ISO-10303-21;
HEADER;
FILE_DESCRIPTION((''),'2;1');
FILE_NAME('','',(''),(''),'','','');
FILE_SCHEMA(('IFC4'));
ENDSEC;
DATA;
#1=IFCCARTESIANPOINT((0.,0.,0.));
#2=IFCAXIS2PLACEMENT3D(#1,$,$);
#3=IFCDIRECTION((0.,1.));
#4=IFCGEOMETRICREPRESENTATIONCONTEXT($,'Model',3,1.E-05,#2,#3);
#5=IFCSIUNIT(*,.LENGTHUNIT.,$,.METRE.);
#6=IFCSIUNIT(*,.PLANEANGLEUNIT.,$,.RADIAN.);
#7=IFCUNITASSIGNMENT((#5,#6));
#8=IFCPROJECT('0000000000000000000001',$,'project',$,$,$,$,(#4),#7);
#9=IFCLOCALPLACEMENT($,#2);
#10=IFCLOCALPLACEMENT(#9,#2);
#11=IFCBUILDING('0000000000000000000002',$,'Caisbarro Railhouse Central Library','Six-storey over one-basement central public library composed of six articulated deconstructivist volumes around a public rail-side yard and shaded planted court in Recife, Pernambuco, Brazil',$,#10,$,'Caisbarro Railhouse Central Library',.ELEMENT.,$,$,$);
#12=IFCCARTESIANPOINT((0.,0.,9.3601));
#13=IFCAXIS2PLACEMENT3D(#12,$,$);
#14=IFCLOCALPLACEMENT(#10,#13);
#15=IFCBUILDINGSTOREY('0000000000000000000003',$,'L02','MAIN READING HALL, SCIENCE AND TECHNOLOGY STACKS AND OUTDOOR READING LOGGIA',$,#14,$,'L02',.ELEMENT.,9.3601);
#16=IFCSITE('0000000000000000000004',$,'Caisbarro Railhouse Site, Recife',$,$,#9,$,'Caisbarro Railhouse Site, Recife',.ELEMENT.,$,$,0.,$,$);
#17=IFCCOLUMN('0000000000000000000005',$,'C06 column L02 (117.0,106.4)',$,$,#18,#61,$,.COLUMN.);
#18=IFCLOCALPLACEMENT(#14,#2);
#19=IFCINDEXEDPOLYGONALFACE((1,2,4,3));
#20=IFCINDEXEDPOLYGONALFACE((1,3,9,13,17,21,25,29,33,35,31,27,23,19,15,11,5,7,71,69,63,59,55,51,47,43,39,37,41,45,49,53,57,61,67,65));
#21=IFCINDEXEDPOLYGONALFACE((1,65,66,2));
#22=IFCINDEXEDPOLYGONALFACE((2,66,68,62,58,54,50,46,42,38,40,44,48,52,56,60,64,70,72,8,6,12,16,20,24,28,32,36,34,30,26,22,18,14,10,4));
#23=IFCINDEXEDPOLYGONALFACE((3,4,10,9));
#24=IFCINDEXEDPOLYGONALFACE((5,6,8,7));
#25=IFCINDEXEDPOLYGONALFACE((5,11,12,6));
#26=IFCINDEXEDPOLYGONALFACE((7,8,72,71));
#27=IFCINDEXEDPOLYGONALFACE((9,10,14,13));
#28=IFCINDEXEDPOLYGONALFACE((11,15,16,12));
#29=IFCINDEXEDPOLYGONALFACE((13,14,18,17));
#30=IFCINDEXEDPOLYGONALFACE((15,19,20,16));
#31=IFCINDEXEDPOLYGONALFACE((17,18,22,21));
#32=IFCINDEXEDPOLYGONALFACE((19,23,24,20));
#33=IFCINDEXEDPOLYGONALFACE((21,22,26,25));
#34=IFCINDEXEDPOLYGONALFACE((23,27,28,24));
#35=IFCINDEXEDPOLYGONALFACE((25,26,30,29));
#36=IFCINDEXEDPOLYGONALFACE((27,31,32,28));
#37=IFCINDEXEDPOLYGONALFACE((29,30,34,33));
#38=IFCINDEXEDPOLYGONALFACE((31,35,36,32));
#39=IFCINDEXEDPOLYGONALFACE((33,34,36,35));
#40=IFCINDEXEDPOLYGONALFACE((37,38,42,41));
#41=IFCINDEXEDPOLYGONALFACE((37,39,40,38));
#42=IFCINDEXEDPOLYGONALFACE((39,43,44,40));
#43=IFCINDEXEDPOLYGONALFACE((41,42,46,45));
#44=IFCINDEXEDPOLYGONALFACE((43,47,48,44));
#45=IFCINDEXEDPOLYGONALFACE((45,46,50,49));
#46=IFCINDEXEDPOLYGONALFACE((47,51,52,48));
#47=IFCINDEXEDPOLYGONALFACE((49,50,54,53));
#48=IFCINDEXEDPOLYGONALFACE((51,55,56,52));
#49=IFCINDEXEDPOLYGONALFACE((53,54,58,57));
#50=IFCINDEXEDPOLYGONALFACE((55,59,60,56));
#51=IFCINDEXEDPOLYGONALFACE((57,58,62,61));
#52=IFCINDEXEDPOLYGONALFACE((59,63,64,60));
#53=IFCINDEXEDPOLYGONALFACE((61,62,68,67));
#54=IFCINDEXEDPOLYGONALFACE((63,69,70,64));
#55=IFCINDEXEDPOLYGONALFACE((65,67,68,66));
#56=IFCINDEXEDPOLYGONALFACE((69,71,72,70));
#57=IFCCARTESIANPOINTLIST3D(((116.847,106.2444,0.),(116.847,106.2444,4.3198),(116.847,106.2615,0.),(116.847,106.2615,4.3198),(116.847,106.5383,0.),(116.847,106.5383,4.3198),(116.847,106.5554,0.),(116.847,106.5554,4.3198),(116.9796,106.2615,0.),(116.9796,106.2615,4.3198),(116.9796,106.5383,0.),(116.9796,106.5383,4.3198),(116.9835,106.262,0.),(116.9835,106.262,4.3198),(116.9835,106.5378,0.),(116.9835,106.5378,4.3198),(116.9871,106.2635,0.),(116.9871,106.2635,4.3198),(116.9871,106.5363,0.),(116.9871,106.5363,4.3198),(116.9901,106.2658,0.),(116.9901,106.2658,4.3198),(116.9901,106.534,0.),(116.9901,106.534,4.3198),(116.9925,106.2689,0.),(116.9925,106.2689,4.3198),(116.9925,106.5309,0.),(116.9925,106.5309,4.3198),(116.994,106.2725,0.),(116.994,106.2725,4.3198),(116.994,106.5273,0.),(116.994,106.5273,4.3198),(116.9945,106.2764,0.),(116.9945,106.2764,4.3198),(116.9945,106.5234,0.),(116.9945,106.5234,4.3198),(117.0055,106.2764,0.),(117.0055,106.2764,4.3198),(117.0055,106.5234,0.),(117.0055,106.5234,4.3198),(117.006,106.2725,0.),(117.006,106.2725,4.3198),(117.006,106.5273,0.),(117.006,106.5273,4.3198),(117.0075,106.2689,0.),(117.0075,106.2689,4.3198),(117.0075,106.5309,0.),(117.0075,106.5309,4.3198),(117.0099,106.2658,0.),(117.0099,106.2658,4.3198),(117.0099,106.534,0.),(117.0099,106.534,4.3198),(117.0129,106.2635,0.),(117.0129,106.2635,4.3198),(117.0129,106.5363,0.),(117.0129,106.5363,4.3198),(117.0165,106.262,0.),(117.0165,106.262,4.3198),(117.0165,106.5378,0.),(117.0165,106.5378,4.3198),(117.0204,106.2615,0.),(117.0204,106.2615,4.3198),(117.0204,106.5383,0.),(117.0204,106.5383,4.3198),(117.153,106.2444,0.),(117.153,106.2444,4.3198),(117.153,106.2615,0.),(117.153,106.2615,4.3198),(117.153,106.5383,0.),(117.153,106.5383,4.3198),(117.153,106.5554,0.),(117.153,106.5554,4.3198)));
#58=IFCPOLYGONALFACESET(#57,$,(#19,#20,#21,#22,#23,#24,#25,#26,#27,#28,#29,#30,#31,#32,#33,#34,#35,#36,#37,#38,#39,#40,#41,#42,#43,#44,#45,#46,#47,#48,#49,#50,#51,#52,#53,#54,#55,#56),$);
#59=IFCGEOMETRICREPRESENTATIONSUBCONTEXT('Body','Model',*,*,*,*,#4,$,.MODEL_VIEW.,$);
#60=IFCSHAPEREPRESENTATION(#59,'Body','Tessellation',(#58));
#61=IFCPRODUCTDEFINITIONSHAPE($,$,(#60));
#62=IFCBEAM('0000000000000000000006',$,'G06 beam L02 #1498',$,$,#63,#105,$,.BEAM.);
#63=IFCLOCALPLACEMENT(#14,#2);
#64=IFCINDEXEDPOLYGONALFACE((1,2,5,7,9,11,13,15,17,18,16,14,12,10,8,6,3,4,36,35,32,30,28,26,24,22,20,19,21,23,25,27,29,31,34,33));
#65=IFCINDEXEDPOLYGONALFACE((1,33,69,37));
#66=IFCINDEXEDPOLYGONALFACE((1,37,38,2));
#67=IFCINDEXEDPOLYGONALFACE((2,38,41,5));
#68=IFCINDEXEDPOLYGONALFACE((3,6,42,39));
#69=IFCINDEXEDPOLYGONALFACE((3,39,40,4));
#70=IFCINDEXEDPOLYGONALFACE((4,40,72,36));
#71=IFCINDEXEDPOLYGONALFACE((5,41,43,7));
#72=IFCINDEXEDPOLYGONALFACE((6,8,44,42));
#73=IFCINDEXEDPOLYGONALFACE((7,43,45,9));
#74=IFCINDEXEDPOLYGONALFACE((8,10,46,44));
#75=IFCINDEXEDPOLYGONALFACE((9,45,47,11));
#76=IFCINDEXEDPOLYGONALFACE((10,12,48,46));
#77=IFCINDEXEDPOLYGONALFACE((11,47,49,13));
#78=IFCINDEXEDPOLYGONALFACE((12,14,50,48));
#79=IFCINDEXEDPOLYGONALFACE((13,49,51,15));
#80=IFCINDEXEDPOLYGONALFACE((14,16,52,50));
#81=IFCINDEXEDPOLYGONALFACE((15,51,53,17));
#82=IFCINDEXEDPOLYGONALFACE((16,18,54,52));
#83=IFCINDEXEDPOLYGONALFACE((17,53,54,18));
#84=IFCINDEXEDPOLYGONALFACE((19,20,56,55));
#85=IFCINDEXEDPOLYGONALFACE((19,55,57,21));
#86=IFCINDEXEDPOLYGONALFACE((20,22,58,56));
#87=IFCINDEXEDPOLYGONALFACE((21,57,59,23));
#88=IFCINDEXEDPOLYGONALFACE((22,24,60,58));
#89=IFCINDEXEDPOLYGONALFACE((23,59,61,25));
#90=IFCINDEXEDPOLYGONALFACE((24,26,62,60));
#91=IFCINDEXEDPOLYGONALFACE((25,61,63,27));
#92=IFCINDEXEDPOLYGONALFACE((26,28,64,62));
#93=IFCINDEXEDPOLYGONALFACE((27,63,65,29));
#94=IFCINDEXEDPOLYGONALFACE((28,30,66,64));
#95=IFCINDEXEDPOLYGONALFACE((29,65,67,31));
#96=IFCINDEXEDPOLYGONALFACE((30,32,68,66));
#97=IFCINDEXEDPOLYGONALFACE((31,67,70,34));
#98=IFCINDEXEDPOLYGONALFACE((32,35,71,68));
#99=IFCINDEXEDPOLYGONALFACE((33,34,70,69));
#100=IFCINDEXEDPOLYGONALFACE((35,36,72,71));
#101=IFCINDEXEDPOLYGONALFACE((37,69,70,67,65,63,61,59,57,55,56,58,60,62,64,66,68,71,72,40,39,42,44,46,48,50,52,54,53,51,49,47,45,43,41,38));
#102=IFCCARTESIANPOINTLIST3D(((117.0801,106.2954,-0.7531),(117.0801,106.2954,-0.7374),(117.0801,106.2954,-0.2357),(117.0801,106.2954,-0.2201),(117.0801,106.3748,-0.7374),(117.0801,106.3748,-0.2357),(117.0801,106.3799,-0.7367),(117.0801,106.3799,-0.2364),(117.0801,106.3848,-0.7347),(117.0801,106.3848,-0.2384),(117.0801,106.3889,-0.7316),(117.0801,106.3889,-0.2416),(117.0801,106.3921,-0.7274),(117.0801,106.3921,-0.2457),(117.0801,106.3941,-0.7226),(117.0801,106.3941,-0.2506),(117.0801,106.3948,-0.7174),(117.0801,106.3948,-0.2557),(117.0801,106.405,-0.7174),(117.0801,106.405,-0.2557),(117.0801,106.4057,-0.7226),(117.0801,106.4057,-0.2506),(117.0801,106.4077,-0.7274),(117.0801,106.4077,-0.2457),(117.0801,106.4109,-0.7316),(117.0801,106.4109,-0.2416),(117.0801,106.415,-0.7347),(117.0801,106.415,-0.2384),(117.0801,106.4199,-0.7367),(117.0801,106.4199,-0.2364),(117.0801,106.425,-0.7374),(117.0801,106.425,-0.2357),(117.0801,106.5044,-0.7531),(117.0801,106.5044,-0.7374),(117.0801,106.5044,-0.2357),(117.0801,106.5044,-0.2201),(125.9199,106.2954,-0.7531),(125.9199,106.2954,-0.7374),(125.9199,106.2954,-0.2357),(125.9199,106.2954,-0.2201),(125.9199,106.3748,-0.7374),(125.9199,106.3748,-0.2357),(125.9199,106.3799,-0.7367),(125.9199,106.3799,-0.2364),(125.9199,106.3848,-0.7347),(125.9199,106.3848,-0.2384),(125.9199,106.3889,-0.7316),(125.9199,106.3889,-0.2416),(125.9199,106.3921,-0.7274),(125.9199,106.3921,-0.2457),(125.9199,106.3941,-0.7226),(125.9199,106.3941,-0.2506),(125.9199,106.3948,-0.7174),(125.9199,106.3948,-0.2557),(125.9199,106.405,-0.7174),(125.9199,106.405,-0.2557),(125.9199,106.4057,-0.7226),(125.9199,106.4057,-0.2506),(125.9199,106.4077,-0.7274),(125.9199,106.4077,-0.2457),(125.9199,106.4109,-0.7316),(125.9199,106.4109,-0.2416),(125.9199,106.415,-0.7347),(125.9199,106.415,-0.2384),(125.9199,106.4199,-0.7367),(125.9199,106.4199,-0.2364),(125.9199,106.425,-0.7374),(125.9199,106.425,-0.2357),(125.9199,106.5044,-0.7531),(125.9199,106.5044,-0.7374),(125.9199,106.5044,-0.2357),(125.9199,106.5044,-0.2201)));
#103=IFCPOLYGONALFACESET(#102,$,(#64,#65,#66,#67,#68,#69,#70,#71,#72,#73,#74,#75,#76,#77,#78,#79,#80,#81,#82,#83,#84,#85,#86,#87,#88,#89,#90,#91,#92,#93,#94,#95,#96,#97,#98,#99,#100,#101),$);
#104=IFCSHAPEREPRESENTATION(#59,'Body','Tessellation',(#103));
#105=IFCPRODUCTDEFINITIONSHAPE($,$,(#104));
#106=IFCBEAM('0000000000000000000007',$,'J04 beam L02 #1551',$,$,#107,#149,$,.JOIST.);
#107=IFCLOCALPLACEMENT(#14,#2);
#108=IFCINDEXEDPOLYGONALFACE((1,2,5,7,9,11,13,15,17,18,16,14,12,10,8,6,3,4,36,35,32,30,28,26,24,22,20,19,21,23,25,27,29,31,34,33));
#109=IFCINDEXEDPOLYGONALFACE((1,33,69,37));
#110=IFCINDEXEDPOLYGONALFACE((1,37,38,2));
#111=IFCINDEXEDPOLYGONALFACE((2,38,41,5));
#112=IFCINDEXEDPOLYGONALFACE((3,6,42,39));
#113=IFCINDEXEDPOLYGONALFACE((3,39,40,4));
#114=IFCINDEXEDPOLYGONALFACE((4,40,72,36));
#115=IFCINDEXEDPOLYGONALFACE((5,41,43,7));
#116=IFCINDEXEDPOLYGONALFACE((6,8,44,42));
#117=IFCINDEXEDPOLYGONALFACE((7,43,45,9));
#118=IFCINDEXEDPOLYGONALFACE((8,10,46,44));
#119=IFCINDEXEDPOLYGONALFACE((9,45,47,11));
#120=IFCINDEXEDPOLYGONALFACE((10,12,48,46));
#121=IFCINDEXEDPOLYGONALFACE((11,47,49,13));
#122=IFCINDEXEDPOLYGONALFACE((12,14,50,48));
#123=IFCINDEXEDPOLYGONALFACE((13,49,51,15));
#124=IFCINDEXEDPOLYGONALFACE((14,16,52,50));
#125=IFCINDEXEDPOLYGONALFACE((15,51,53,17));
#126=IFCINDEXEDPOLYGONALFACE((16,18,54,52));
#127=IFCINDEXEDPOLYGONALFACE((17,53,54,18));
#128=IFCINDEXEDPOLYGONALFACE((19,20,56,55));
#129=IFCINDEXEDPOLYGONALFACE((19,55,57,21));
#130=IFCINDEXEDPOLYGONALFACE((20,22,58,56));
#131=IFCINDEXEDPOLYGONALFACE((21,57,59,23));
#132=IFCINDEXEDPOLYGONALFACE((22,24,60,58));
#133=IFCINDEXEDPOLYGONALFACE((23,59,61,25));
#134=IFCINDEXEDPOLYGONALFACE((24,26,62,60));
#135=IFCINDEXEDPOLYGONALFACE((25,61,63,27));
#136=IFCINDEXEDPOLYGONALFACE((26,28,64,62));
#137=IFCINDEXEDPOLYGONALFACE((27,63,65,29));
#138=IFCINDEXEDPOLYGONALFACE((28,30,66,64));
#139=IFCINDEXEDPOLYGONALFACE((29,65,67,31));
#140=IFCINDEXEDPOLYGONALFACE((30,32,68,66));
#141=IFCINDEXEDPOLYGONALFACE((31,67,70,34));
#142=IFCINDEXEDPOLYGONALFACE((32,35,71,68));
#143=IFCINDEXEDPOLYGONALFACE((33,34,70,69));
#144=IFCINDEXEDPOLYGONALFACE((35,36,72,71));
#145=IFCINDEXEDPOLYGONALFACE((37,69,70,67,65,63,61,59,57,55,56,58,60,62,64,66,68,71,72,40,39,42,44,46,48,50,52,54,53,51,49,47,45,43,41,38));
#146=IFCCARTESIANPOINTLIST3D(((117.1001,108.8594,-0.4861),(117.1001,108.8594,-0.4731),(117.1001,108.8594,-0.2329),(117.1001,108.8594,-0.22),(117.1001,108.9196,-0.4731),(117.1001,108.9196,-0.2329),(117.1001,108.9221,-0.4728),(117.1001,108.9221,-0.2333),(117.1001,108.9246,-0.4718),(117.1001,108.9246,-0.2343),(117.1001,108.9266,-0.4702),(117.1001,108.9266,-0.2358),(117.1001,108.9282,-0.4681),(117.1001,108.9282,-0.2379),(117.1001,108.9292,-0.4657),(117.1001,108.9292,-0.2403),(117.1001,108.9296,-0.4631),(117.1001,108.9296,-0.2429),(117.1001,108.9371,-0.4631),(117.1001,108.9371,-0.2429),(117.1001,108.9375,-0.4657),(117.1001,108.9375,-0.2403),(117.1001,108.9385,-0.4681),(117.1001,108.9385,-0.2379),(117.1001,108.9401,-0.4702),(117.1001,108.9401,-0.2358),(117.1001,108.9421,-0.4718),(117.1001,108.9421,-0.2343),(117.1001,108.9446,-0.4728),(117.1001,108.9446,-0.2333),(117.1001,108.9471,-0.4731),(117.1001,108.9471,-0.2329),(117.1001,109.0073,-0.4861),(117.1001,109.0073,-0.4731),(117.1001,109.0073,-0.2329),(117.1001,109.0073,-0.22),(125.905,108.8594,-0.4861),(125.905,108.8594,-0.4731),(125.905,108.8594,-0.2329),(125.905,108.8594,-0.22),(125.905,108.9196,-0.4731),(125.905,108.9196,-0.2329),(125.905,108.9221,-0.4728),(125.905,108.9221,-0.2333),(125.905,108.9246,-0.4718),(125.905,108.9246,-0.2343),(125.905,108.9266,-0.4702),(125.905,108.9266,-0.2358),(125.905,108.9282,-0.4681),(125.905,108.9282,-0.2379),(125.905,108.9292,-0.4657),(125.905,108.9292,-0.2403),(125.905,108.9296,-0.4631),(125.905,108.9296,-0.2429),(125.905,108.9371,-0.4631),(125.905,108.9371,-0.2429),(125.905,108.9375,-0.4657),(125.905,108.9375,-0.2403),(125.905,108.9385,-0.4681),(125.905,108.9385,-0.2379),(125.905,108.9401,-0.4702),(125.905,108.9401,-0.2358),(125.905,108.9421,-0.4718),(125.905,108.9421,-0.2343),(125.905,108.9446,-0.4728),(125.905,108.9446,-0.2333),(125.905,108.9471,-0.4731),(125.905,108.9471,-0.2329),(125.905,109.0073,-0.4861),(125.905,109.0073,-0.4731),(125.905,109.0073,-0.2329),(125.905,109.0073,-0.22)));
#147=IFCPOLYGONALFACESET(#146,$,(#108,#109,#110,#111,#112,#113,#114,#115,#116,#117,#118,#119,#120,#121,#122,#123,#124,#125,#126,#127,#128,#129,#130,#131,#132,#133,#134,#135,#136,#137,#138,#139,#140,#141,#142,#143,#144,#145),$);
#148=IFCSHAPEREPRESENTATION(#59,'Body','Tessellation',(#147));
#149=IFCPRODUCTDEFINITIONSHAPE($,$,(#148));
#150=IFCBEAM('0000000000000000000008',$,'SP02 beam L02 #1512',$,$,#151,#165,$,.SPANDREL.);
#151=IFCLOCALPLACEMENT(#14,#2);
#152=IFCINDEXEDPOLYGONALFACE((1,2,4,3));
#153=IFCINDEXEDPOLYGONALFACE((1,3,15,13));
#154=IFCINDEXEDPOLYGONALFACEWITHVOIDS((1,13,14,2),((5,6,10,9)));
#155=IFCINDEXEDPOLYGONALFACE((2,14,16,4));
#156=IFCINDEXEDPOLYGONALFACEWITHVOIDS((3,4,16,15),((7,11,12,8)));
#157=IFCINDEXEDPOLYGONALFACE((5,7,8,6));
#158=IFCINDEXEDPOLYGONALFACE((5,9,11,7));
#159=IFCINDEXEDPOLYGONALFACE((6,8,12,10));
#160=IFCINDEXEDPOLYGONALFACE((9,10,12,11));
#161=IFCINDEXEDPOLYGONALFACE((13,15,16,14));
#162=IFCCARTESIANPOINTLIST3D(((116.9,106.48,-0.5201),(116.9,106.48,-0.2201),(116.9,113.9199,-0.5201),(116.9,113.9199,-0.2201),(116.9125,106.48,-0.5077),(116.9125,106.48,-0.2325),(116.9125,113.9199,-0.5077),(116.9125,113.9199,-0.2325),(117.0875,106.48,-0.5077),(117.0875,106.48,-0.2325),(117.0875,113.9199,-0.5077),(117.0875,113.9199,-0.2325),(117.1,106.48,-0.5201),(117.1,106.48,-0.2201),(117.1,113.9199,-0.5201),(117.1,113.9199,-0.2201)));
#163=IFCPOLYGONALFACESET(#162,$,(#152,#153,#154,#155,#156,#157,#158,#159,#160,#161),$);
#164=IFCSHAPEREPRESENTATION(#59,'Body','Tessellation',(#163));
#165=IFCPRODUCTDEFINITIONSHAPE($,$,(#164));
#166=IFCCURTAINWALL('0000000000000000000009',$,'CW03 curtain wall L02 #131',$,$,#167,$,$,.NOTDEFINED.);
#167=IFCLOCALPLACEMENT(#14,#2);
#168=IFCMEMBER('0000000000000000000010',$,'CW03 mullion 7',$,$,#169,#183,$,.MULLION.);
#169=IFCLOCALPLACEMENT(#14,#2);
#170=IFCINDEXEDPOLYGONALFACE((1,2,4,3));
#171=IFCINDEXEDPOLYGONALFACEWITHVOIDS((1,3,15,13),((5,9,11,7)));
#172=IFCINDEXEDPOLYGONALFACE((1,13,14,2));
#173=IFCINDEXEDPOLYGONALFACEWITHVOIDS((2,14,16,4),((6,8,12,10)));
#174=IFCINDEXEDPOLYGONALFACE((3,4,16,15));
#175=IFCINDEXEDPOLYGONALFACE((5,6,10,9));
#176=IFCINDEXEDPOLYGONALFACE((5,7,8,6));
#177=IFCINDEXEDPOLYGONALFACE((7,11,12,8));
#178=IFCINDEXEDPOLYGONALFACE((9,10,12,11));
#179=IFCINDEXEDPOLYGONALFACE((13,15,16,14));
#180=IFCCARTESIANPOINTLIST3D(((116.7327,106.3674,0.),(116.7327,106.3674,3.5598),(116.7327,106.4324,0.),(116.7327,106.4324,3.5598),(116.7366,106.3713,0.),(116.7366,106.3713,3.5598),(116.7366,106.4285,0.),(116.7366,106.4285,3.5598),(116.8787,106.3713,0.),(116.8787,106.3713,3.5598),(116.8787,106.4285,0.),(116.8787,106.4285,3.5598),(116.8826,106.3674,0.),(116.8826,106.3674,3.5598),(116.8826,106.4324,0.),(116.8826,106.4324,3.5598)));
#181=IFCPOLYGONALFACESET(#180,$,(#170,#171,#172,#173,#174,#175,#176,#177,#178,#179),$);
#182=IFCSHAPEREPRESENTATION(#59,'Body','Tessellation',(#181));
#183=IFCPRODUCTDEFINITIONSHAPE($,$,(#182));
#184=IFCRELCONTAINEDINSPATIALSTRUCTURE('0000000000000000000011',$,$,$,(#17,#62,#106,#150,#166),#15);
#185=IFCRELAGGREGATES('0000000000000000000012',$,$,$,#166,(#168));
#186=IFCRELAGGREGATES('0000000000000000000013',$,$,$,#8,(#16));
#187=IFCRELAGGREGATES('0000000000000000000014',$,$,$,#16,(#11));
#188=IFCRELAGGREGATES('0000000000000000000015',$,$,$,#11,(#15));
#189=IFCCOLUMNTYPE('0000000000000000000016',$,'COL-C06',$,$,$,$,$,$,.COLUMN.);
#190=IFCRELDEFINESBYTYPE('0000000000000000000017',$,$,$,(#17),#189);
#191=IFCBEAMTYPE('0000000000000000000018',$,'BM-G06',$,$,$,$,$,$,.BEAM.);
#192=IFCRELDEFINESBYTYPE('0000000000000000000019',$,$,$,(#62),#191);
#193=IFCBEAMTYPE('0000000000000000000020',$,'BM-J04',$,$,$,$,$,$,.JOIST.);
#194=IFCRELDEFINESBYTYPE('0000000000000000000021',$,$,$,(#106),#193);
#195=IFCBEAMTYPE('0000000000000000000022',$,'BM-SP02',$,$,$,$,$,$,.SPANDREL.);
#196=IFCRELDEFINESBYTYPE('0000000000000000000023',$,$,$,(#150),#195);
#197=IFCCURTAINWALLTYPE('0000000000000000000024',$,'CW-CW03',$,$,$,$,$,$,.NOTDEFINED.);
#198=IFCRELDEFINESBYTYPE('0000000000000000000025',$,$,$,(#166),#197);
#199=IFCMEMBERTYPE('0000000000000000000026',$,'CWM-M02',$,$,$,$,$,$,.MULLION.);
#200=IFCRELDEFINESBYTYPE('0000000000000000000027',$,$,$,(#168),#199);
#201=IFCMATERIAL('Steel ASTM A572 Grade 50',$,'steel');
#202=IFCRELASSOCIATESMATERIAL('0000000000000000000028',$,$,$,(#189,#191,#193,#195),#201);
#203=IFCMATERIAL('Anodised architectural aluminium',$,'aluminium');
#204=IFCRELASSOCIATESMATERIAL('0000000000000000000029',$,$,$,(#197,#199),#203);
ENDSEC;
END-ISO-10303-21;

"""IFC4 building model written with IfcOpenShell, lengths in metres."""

from ifc_helpers import new_model, si_unit, direction, frame, origin, origin_2d, place, context, subcontext, project, spatial, hollow_rectangle, i_section, extrude, material, material_profile, profile_set, type_object, element, aggregate, save


model = new_model("IFC4")

# Units and contexts
model_context = context("Model", 3, precision=1e-05, world=origin(), true_north=direction((0.0, 1.0)))
body_context = subcontext(model_context, "Body", "Model", "MODEL_VIEW")
ifc_project = project(units=[si_unit("LENGTHUNIT", "METRE"), si_unit("PLANEANGLEUNIT", "RADIAN")], contexts=[model_context])

# Site, building, storey
site_placement = place(None, origin())
site = spatial("IfcSite", under=ifc_project, at=site_placement, Name="Caisbarro Railhouse Site, Recife", LongName="Caisbarro Railhouse Site, Recife", CompositionType="ELEMENT", RefElevation=0.0)
building_placement = place(site_placement, origin())
building = spatial("IfcBuilding", under=site, at=building_placement, Name="Caisbarro Railhouse Central Library", Description="Six-storey over one-basement central public library composed of six articulated deconstructivist volumes around a public rail-side yard and shaded planted court in Recife, Pernambuco, Brazil", LongName="Caisbarro Railhouse Central Library", CompositionType="ELEMENT")
storey_placement = place(building_placement, frame((0.0, 0.0, 9.3601)))
storey = spatial("IfcBuildingStorey", under=building, at=storey_placement, Name="L02", Description="MAIN READING HALL, SCIENCE AND TECHNOLOGY STACKS AND OUTDOOR READING LOGGIA", LongName="L02", CompositionType="ELEMENT", Elevation=9.3601)

# Column
ifc_material_1 = material(Name="Steel ASTM A572 Grade 50", Category="steel")
ifc_material_profile_1 = material_profile(ifc_material_1, i_section(OverallWidth=0.3059, OverallDepth=0.311, WebThickness=0.011, FlangeThickness=0.0171, FilletRadius=0.0149, at=origin_2d()), Name="W310X107.0")
ifc_profile_set_1 = profile_set([ifc_material_profile_1], Name="Steel ASTM A572 Grade 50")
column_type = type_object("IfcColumnType", Name="COL-C06", PredefinedType="COLUMN", material=ifc_profile_set_1)
column_placement = place(storey_placement, frame((117.0, 106.3999, 0.0), z_axis=(0.0, 0.0, 1.0), x_axis=(1.0, 0.0, 0.0)))
element("IfcColumn", 1, at=column_placement, inside=storey, type_object=column_type, Name="C06 column L02 (117.0,106.4)", PredefinedType="COLUMN", context=body_context, shape_type="SweptSolid", body=[
    extrude(i_section(OverallWidth=0.3059, OverallDepth=0.311, WebThickness=0.011, FlangeThickness=0.0171, FilletRadius=0.0149, at=origin_2d()), origin(), (0.0, 0.0, 1.0), 4.3198),
])

# Beams
ifc_material_profile_2 = material_profile(ifc_material_1, i_section(OverallWidth=0.209, OverallDepth=0.533, WebThickness=0.0103, FlangeThickness=0.0156, FilletRadius=0.02, at=origin_2d()), Name="W530X92.0")
ifc_profile_set_2 = profile_set([ifc_material_profile_2], Name="Steel ASTM A572 Grade 50")
beam_type_1 = type_object("IfcBeamType", Name="BM-G06", PredefinedType="BEAM", material=ifc_profile_set_2)
beam_1_placement = place(storey_placement, frame((117.0801, 106.3999, -0.4866), z_axis=(1.0, 0.0, 0.0), x_axis=(0.0, 1.0, 0.0)))
element("IfcBeam", 2, at=beam_1_placement, inside=storey, type_object=beam_type_1, Name="G06 beam L02 #1498", PredefinedType="BEAM", context=body_context, shape_type="SweptSolid", body=[
    extrude(i_section(OverallWidth=0.209, OverallDepth=0.533, WebThickness=0.0103, FlangeThickness=0.0156, FilletRadius=0.02, at=origin_2d()), origin(), (0.0, 0.0, 1.0), 8.8398),
])
ifc_material_profile_3 = material_profile(ifc_material_1, i_section(OverallWidth=0.1479, OverallDepth=0.2661, WebThickness=0.0076, FlangeThickness=0.0129, FilletRadius=0.01, at=origin_2d()), Name="W250X44.8")
ifc_profile_set_3 = profile_set([ifc_material_profile_3], Name="Steel ASTM A572 Grade 50")
beam_type_2 = type_object("IfcBeamType", Name="BM-J04", PredefinedType="JOIST", material=ifc_profile_set_3)
beam_2_placement = place(storey_placement, frame((117.1001, 108.9333, -0.353), z_axis=(1.0, 0.0, 0.0), x_axis=(0.0, 1.0, 0.0)))
element("IfcBeam", 3, at=beam_2_placement, inside=storey, type_object=beam_type_2, Name="J04 beam L02 #1551", PredefinedType="JOIST", context=body_context, shape_type="SweptSolid", body=[
    extrude(i_section(OverallWidth=0.1479, OverallDepth=0.2661, WebThickness=0.0076, FlangeThickness=0.0129, FilletRadius=0.01, at=origin_2d()), origin(), (0.0, 0.0, 1.0), 8.8049),
])
ifc_material_profile_4 = material_profile(ifc_material_1, hollow_rectangle(XDim=0.2, YDim=0.3, WallThickness=0.0125, at=origin_2d()), Name="HSS300X200X12.5")
ifc_profile_set_4 = profile_set([ifc_material_profile_4], Name="Steel ASTM A572 Grade 50")
beam_type_3 = type_object("IfcBeamType", Name="BM-SP02", PredefinedType="SPANDREL", material=ifc_profile_set_4)
beam_3_placement = place(storey_placement, frame((117.0, 106.48, -0.3701), z_axis=(0.0, 1.0, 0.0), x_axis=(-1.0, 0.0, 0.0)))
element("IfcBeam", 4, at=beam_3_placement, inside=storey, type_object=beam_type_3, Name="SP02 beam L02 #1512", PredefinedType="SPANDREL", context=body_context, shape_type="SweptSolid", body=[
    extrude(hollow_rectangle(XDim=0.2, YDim=0.3, WallThickness=0.0125, at=origin_2d()), origin(), (0.0, 0.0, 1.0), 7.4399),
])

# Curtain wall, member
ifc_material_2 = material(Name="Anodised architectural aluminium", Category="aluminium")
curtain_wall_type = type_object("IfcCurtainWallType", Name="CW-CW03", PredefinedType="NOTDEFINED", material=ifc_material_2)
curtain_wall_1_placement = place(storey_placement, origin())
curtain_wall_1 = element("IfcCurtainWall", 5, at=curtain_wall_1_placement, inside=storey, type_object=curtain_wall_type, Name="CW03 curtain wall L02 #131", PredefinedType="NOTDEFINED")
ifc_material_profile_5 = material_profile(ifc_material_2, hollow_rectangle(XDim=0.0649, YDim=0.1499, WallThickness=0.0039, at=origin_2d()), Name="ALU-MUL-65X150")
ifc_profile_set_5 = profile_set([ifc_material_profile_5], Name="Anodised architectural aluminium")
member_type_1 = type_object("IfcMemberType", Name="CWM-M02", PredefinedType="MULLION", material=ifc_profile_set_5)
member_1_placement = place(storey_placement, frame((116.8076, 106.3999, 0.0), z_axis=(0.0, 0.0, 1.0), x_axis=(0.0, 1.0, 0.0)))
member_1 = element("IfcMember", 6, at=member_1_placement, type_object=member_type_1, Name="CW03 mullion 7", PredefinedType="MULLION", context=body_context, shape_type="SweptSolid", body=[
    extrude(hollow_rectangle(XDim=0.0649, YDim=0.1499, WallThickness=0.0039, at=origin_2d()), origin(), (0.0, 0.0, 1.0), 3.5598),
])

aggregate(curtain_wall_1, [member_1])

save(model, "model.ifc")
